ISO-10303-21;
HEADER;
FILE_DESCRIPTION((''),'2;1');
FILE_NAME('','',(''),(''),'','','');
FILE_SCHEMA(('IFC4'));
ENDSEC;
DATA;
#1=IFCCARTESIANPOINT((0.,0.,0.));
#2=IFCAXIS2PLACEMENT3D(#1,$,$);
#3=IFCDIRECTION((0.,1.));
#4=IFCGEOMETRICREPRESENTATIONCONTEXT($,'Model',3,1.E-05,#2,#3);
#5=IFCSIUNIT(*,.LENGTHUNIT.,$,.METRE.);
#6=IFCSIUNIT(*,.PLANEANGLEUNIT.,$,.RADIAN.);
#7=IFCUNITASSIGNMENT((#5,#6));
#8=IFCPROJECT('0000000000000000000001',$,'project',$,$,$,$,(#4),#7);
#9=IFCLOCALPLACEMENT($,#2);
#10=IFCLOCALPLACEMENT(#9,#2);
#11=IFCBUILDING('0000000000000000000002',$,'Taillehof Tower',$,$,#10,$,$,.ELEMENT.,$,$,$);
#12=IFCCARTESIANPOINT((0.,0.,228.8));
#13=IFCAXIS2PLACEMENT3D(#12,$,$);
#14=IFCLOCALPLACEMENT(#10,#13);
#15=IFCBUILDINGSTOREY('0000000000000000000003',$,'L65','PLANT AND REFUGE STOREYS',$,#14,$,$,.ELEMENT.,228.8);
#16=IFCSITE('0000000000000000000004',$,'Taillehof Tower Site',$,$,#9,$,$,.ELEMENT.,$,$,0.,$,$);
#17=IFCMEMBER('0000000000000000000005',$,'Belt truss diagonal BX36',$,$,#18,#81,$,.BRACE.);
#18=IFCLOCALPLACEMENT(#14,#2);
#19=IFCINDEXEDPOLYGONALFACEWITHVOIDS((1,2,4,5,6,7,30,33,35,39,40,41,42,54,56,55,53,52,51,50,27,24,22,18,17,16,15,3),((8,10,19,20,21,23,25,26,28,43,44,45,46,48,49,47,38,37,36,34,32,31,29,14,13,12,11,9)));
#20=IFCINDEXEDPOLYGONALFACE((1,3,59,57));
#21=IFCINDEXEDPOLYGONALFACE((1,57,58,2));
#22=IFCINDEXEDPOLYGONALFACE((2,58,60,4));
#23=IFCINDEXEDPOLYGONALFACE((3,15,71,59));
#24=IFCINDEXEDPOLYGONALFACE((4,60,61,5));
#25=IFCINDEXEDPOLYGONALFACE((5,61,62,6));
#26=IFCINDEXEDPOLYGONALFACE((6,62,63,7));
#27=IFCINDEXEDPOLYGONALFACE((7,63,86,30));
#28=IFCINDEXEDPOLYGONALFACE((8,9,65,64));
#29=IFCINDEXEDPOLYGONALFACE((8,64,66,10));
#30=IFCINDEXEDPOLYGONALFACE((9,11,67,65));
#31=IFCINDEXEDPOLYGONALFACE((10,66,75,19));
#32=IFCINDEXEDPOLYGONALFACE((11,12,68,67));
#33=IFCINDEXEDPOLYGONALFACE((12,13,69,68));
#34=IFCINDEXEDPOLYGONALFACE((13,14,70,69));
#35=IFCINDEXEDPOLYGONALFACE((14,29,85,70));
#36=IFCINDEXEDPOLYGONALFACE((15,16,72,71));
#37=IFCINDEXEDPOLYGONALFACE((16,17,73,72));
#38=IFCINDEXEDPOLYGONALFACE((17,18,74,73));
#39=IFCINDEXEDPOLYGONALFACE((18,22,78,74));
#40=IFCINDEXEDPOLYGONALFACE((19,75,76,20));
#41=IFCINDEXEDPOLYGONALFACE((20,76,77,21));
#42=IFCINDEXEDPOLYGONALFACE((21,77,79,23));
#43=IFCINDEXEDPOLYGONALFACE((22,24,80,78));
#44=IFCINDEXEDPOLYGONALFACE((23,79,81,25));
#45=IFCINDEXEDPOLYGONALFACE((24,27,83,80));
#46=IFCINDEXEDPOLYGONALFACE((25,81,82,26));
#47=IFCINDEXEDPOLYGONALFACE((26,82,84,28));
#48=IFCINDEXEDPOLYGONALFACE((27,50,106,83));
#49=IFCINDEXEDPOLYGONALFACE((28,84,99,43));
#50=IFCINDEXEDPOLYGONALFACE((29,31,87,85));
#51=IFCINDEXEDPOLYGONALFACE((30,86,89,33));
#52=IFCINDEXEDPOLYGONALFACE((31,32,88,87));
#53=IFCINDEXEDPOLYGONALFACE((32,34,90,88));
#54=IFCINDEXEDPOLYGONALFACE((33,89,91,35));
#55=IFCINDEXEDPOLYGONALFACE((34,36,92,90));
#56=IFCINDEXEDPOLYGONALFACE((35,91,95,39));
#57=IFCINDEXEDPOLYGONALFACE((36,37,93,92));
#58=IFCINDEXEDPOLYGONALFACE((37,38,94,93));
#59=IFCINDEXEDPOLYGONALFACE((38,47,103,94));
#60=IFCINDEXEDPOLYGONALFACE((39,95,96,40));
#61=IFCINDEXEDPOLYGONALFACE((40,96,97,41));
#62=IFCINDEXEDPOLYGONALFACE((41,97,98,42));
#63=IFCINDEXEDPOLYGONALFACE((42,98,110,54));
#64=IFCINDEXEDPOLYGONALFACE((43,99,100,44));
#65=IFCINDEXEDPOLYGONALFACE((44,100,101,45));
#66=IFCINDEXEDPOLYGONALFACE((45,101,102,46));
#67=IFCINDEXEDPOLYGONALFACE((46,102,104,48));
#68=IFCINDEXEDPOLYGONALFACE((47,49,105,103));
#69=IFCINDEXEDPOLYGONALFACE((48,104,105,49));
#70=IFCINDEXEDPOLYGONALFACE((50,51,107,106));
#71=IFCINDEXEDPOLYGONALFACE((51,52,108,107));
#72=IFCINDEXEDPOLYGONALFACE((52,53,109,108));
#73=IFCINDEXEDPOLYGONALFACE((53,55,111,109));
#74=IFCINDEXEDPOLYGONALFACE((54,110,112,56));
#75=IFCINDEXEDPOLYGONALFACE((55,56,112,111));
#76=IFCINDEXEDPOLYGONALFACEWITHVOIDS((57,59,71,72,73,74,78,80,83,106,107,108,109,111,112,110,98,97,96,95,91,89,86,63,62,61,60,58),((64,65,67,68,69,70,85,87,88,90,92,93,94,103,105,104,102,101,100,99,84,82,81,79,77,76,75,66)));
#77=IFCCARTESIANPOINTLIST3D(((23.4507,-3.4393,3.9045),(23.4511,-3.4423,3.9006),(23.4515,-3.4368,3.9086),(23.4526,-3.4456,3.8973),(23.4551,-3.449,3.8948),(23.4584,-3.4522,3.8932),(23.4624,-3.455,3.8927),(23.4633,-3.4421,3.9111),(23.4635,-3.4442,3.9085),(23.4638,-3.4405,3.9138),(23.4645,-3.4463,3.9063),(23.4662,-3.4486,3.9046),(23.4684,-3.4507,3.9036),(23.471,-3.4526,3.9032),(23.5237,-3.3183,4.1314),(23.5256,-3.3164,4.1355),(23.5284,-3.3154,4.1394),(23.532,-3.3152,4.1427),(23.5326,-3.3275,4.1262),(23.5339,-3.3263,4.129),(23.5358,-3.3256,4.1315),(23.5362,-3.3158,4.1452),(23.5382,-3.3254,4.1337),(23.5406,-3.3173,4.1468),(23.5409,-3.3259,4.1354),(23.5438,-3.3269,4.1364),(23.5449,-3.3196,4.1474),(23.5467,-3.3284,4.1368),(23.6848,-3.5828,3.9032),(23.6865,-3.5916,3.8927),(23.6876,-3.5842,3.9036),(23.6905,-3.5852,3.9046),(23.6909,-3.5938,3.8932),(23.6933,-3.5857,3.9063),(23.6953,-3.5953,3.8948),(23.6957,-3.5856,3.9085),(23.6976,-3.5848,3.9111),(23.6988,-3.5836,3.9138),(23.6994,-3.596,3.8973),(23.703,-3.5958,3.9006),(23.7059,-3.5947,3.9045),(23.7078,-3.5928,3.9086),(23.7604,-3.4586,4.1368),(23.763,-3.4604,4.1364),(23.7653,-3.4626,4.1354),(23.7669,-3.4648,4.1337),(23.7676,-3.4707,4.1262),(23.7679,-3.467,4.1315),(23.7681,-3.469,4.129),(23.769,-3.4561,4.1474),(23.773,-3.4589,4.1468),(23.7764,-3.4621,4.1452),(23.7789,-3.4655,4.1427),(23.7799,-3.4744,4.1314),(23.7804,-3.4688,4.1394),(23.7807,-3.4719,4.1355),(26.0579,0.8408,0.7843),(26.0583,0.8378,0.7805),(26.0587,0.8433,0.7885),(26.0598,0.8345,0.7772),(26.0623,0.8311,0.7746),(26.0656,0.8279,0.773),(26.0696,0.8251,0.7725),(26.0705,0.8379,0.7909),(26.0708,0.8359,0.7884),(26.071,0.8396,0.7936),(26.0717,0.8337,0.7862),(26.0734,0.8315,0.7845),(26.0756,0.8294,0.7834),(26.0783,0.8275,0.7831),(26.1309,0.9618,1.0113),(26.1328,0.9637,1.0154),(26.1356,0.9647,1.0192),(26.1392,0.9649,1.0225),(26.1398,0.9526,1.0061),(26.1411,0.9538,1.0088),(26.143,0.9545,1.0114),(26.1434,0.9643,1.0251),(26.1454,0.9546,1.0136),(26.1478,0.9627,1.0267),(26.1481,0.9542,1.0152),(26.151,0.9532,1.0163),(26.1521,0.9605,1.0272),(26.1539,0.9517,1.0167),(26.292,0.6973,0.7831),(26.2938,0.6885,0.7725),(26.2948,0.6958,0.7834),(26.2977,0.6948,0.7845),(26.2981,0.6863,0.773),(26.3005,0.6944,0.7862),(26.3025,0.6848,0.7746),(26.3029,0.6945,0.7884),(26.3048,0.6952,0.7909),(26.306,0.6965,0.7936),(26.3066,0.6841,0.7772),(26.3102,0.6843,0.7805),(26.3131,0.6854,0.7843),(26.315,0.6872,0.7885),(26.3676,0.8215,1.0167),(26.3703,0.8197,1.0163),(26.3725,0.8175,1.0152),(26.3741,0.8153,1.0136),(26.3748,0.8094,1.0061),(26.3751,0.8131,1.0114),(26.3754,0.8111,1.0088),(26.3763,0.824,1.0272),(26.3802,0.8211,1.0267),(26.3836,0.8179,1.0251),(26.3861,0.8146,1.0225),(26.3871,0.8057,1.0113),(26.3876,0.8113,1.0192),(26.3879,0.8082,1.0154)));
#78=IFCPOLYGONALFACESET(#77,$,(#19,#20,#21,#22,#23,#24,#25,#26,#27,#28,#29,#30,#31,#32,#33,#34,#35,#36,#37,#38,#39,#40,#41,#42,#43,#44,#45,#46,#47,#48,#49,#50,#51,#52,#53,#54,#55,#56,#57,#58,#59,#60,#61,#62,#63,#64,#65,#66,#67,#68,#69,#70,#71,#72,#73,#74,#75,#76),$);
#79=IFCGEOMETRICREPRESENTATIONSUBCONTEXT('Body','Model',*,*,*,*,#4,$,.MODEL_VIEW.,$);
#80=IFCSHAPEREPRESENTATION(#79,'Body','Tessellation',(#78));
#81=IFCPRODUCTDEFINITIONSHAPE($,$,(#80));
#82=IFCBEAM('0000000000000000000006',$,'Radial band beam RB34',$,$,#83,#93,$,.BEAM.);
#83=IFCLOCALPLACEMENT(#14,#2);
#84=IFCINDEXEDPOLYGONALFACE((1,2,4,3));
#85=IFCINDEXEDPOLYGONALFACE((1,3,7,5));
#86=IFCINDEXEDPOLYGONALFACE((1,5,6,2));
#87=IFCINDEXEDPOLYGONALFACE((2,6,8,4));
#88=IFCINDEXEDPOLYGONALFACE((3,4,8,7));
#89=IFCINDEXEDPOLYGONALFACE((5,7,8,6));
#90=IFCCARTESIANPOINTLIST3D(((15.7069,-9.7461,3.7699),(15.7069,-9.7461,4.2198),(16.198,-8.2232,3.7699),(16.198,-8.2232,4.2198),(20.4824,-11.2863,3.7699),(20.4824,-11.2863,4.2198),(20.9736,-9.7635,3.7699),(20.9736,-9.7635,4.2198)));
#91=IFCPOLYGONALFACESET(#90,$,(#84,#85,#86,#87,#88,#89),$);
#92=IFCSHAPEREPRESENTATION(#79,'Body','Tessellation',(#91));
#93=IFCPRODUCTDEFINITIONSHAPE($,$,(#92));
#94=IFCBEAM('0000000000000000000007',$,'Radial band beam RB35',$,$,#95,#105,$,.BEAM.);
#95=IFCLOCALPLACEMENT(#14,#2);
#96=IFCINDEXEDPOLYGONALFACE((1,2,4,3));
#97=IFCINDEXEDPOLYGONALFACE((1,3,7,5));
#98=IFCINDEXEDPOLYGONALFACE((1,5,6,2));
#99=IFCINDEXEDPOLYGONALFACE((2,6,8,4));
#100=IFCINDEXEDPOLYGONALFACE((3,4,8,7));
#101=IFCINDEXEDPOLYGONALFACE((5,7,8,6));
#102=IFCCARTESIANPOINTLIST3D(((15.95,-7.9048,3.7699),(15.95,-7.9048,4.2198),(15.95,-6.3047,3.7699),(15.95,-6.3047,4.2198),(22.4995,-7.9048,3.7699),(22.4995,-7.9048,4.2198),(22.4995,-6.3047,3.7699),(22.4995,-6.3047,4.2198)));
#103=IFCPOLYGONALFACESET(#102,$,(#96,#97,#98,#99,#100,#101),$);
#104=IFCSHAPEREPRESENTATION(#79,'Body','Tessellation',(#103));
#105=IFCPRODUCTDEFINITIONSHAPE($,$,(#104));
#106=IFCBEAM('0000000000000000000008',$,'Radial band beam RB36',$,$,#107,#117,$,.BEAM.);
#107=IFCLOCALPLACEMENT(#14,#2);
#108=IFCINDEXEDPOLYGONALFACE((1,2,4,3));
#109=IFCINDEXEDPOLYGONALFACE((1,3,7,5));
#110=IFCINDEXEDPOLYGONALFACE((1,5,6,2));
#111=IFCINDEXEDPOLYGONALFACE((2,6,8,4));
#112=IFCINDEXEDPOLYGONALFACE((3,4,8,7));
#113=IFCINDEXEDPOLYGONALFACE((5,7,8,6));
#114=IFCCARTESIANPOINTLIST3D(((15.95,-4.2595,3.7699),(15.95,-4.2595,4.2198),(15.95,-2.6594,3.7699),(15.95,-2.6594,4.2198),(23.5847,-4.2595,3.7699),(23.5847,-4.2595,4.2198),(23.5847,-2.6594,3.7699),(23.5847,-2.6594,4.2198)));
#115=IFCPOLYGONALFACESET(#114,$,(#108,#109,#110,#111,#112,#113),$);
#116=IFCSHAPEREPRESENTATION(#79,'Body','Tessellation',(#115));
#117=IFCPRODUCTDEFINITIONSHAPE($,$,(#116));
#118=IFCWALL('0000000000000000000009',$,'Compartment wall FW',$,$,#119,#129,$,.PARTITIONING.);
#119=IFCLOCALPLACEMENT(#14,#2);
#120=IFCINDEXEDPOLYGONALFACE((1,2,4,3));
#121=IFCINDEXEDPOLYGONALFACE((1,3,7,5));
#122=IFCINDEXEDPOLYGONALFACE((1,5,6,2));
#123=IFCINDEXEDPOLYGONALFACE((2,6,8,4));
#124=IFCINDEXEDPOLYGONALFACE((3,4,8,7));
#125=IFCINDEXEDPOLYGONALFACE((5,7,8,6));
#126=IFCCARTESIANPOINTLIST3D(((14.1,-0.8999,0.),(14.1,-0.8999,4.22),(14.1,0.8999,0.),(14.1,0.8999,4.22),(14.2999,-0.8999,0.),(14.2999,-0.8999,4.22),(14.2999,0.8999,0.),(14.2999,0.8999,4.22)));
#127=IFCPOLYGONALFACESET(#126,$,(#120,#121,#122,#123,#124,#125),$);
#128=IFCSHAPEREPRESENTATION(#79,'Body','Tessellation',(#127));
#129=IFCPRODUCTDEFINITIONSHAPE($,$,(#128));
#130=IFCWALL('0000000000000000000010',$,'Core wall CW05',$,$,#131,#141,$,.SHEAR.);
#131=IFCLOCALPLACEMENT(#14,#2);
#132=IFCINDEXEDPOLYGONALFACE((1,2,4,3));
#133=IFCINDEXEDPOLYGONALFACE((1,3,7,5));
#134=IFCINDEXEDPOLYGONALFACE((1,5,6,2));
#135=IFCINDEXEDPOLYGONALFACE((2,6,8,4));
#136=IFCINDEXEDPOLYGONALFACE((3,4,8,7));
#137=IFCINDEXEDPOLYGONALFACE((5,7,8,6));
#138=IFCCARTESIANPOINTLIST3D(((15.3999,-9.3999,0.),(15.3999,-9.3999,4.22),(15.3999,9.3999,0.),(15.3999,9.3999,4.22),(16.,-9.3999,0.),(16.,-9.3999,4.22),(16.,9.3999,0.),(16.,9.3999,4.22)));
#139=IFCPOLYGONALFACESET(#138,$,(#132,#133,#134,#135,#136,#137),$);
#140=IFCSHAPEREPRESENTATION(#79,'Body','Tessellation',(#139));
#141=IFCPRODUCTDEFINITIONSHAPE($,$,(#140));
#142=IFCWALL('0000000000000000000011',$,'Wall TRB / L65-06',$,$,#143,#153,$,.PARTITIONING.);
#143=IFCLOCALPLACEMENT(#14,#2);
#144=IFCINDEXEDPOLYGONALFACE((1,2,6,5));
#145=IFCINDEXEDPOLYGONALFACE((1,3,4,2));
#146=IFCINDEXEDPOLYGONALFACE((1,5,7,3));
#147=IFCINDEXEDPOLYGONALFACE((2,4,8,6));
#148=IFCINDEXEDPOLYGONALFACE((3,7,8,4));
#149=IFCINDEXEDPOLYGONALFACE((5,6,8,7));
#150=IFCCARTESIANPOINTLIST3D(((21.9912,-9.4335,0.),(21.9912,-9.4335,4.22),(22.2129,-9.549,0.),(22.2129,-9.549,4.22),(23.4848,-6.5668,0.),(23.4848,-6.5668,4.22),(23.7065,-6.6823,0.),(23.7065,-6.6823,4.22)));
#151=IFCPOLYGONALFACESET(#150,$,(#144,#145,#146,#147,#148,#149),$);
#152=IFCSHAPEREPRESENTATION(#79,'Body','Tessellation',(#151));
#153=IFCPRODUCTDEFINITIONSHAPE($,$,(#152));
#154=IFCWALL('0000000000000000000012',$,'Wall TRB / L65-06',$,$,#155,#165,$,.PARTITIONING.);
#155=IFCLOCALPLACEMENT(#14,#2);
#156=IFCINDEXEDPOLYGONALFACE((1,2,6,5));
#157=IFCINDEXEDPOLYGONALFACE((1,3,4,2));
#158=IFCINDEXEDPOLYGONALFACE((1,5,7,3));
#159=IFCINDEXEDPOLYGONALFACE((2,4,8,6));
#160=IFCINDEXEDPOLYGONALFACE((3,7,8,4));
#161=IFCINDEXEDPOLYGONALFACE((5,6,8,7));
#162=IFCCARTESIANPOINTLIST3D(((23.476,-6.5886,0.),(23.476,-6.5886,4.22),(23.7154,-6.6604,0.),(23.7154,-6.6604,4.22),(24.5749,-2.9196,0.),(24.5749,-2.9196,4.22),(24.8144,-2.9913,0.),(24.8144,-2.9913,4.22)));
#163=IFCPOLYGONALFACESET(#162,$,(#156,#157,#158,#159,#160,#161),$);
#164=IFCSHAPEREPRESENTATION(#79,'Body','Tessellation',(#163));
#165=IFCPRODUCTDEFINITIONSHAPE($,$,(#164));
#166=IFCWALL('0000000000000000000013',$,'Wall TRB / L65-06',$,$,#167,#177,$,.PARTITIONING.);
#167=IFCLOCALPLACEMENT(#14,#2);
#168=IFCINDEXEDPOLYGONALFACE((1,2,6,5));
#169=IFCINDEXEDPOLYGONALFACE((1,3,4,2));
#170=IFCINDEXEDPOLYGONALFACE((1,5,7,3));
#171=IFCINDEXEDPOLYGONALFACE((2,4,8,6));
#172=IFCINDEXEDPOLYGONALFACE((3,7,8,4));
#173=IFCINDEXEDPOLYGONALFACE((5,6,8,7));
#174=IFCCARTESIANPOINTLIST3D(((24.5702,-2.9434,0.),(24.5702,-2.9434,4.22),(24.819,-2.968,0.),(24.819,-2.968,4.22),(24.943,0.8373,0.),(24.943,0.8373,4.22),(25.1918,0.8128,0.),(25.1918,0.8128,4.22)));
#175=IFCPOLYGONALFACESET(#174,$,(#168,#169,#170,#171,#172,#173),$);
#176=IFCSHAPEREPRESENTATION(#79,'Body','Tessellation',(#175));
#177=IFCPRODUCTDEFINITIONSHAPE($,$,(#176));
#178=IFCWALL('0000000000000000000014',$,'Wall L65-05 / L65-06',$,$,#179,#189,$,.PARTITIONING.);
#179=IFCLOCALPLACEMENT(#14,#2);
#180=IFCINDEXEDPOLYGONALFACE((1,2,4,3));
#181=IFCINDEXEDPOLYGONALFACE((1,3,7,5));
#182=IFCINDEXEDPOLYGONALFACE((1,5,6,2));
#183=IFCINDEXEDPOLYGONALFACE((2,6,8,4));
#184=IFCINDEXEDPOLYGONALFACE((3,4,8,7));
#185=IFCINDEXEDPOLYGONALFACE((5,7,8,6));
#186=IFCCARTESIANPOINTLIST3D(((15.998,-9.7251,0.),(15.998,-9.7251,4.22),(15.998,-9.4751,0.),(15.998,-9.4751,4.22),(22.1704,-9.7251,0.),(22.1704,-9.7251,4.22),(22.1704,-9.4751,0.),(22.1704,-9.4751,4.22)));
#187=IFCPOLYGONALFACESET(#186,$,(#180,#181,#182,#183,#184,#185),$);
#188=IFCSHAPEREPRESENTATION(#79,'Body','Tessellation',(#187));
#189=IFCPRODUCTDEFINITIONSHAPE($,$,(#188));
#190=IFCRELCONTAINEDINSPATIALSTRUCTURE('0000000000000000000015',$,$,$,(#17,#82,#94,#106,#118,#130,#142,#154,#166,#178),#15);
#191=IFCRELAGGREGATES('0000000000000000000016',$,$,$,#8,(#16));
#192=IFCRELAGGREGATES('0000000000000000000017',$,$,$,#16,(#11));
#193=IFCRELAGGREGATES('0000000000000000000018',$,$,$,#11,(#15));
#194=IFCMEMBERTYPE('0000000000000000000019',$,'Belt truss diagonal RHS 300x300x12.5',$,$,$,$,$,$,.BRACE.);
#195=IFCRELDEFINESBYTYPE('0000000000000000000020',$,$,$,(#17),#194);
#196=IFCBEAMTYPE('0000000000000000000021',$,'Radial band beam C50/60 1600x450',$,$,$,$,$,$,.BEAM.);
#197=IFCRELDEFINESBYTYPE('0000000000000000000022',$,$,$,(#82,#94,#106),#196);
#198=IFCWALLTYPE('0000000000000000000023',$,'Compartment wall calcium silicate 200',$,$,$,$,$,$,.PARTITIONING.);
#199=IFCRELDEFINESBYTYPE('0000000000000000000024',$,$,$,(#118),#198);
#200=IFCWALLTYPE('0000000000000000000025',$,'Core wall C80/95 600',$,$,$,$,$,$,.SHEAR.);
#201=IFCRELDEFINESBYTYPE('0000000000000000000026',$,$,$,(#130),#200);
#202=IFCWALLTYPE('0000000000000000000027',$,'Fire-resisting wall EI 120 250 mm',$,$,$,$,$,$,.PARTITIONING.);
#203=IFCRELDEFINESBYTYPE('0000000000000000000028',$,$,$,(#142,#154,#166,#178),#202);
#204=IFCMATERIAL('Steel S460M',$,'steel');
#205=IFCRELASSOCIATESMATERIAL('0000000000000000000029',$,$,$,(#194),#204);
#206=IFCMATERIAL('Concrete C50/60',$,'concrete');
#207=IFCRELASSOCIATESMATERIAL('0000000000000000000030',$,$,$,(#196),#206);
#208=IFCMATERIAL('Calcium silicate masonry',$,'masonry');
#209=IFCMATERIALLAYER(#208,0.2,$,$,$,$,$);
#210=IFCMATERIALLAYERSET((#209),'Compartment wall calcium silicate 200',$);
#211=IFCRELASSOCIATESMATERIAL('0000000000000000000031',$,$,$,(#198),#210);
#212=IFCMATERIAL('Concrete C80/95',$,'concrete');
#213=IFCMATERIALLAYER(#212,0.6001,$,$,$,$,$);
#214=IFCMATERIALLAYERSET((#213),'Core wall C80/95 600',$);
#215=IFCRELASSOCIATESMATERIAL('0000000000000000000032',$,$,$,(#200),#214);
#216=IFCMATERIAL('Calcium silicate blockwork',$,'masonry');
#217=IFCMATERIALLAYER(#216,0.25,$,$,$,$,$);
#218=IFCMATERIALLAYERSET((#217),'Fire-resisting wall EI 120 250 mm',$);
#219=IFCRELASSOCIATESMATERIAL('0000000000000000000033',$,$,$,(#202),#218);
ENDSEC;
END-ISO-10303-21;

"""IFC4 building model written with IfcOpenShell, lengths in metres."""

from ifc_helpers import new_model, si_unit, direction, frame, frame_2d, origin, origin_2d, place, context, subcontext, project, spatial, rectangle, hollow_rectangle, extrude, material, layer, layer_set, material_profile, profile_set, type_object, element, save


model = new_model("IFC4")

# Units and contexts
model_context = context("Model", 3, precision=1e-05, world=origin(), true_north=direction((0.0, 1.0)))
body_context = subcontext(model_context, "Body", "Model", "MODEL_VIEW")
ifc_project = project(units=[si_unit("LENGTHUNIT", "METRE"), si_unit("PLANEANGLEUNIT", "RADIAN")], contexts=[model_context])

# Site, building, storey
site_placement = place(None, origin())
site = spatial("IfcSite", under=ifc_project, at=site_placement, Name="Taillehof Tower Site", CompositionType="ELEMENT", RefElevation=0.0)
building_placement = place(site_placement, origin())
building = spatial("IfcBuilding", under=site, at=building_placement, Name="Taillehof Tower", CompositionType="ELEMENT")
storey_placement = place(building_placement, frame((0.0, 0.0, 228.8)))
storey = spatial("IfcBuildingStorey", under=building, at=storey_placement, Name="L65", Description="PLANT AND REFUGE STOREYS", CompositionType="ELEMENT", Elevation=228.8)

# Member
ifc_material_1 = material(Name="Steel S460M", Category="steel")
ifc_material_profile_1 = material_profile(ifc_material_1, hollow_rectangle(XDim=0.3, YDim=0.3, WallThickness=0.0125, InnerFilletRadius=0.0125, OuterFilletRadius=0.0188, at=origin_2d()), Name="RHS 300x300x12.5")
ifc_profile_set_1 = profile_set([ifc_material_profile_1], Name="Steel S460M")
member_type_1 = type_object("IfcMemberType", Name="Belt truss diagonal RHS 300x300x12.5", PredefinedType="BRACE", material=ifc_profile_set_1)
member_1_placement = place(storey_placement, frame((23.6157, -3.4556, 4.02), z_axis=(0.441634, 0.725, -0.528521), x_axis=(-0.854026, 0.52023, 0.0)))
element("IfcMember", 1, at=member_1_placement, inside=storey, type_object=member_type_1, Name="Belt truss diagonal BX36", PredefinedType="BRACE", context=body_context, shape_type="SweptSolid", body=[
    extrude(hollow_rectangle(XDim=0.3, YDim=0.3, WallThickness=0.0125, InnerFilletRadius=0.0125, OuterFilletRadius=0.0188, at=origin_2d()), origin(), (0.0, 0.0, 1.0), 5.9036),
])

# Beams
ifc_material_2 = material(Name="Concrete C50/60", Category="concrete")
ifc_material_profile_2 = material_profile(ifc_material_2, rectangle(XDim=1.6001, YDim=0.45, at=origin_2d()), Name="RC 1600x450")
ifc_profile_set_2 = profile_set([ifc_material_profile_2], Name="Concrete C50/60")
beam_type = type_object("IfcBeamType", Name="Radial band beam C50/60 1600x450", PredefinedType="BEAM", material=ifc_profile_set_2)
beam_1_placement = place(storey_placement, frame((20.728, -10.5249, 3.9949), z_axis=(-0.951723, 0.306959, 0.0), x_axis=(-0.306959, -0.951723, 0.0)))
element("IfcBeam", 2, at=beam_1_placement, inside=storey, type_object=beam_type, Name="Radial band beam RB34", PredefinedType="BEAM", context=body_context, shape_type="SweptSolid", body=[
    extrude(rectangle(XDim=1.6001, YDim=0.45, at=origin_2d()), origin(), (0.0, 0.0, 1.0), 5.0178),
])
beam_2_placement = place(storey_placement, frame((22.4995, -7.1047, 3.9949), z_axis=(-1.0, 0.0, 0.0), x_axis=(0.0, -1.0, 0.0)))
element("IfcBeam", 3, at=beam_2_placement, inside=storey, type_object=beam_type, Name="Radial band beam RB35", PredefinedType="BEAM", context=body_context, shape_type="SweptSolid", body=[
    extrude(rectangle(XDim=1.6001, YDim=0.45, at=origin_2d()), origin(), (0.0, 0.0, 1.0), 6.5496),
])
beam_3_placement = place(storey_placement, frame((23.5847, -3.4595, 3.9949), z_axis=(-1.0, 0.0, 0.0), x_axis=(0.0, -1.0, 0.0)))
element("IfcBeam", 4, at=beam_3_placement, inside=storey, type_object=beam_type, Name="Radial band beam RB36", PredefinedType="BEAM", context=body_context, shape_type="SweptSolid", body=[
    extrude(rectangle(XDim=1.6001, YDim=0.45, at=origin_2d()), origin(), (0.0, 0.0, 1.0), 7.6348),
])

# Walls
ifc_material_3 = material(Name="Calcium silicate masonry", Category="masonry")
ifc_layer_1 = layer(ifc_material_3, 0.2)
ifc_layer_set_1 = layer_set([ifc_layer_1], Name="Compartment wall calcium silicate 200")
wall_type_1 = type_object("IfcWallType", Name="Compartment wall calcium silicate 200", PredefinedType="PARTITIONING", material=ifc_layer_set_1)
wall_1_placement = place(storey_placement, frame((14.2, -0.8999, 0.0), z_axis=(0.0, 0.0, 1.0), x_axis=(0.0, 1.0, 0.0)))
element("IfcWall", 5, at=wall_1_placement, inside=storey, type_object=wall_type_1, Name="Compartment wall FW", PredefinedType="PARTITIONING", context=body_context, shape_type="SweptSolid", body=[
    extrude(rectangle(XDim=1.7998, YDim=0.2, at=frame_2d((0.8999, 0.0))), origin(), (0.0, 0.0, 1.0), 4.22),
])
ifc_material_4 = material(Name="Concrete C80/95", Category="concrete")
ifc_layer_2 = layer(ifc_material_4, 0.6001)
ifc_layer_set_2 = layer_set([ifc_layer_2], Name="Core wall C80/95 600")
wall_type_2 = type_object("IfcWallType", Name="Core wall C80/95 600", PredefinedType="SHEAR", material=ifc_layer_set_2)
wall_2_placement = place(storey_placement, frame((15.7, -9.3999, 0.0), z_axis=(0.0, 0.0, 1.0), x_axis=(0.0, 1.0, 0.0)))
element("IfcWall", 6, at=wall_2_placement, inside=storey, type_object=wall_type_2, Name="Core wall CW05", PredefinedType="SHEAR", context=body_context, shape_type="SweptSolid", body=[
    extrude(rectangle(XDim=18.7998, YDim=0.6001, at=frame_2d((9.3999, 0.0))), origin(), (0.0, 0.0, 1.0), 4.22),
])
ifc_material_5 = material(Name="Calcium silicate blockwork", Category="masonry")
ifc_layer_3 = layer(ifc_material_5, 0.25)
ifc_layer_set_3 = layer_set([ifc_layer_3], Name="Fire-resisting wall EI 120 250 mm")
wall_type_3 = type_object("IfcWallType", Name="Fire-resisting wall EI 120 250 mm", PredefinedType="PARTITIONING", material=ifc_layer_set_3)
wall_3_placement = place(storey_placement, frame((22.1021, -9.4912, 0.0), z_axis=(0.0, 0.0, 1.0), x_axis=(0.462076, 0.886841, 0.0)))
element("IfcWall", 7, at=wall_3_placement, inside=storey, type_object=wall_type_3, Name="Wall TRB / L65-06", PredefinedType="PARTITIONING", context=body_context, shape_type="SweptSolid", body=[
    extrude(rectangle(XDim=3.2324, YDim=0.25, at=frame_2d((1.6162, 0.0))), origin(), (0.0, 0.0, 1.0), 4.22),
])
wall_4_placement = place(storey_placement, frame((23.5957, -6.6245, 0.0), z_axis=(0.0, 0.0, 1.0), x_axis=(0.286915, 0.957956, 0.0)))
element("IfcWall", 8, at=wall_4_placement, inside=storey, type_object=wall_type_3, Name="Wall TRB / L65-06", PredefinedType="PARTITIONING", context=body_context, shape_type="SweptSolid", body=[
    extrude(rectangle(XDim=3.8301, YDim=0.25, at=frame_2d((1.915, 0.0))), origin(), (0.0, 0.0, 1.0), 4.22),
])
wall_5_placement = place(storey_placement, frame((24.6946, -2.9556, 0.0), z_axis=(0.0, 0.0, 1.0), x_axis=(0.098129, 0.995174, 0.0)))
element("IfcWall", 9, at=wall_5_placement, inside=storey, type_object=wall_type_3, Name="Wall TRB / L65-06", PredefinedType="PARTITIONING", context=body_context, shape_type="SweptSolid", body=[
    extrude(rectangle(XDim=3.7991, YDim=0.25, at=frame_2d((1.8994, 0.0))), origin(), (0.0, 0.0, 1.0), 4.22),
])
wall_6_placement = place(storey_placement, frame((15.998, -9.6001, 0.0), z_axis=(0.0, 0.0, 1.0), x_axis=(1.0, 0.0, 0.0)))
element("IfcWall", 10, at=wall_6_placement, inside=storey, type_object=wall_type_3, Name="Wall L65-05 / L65-06", PredefinedType="PARTITIONING", context=body_context, shape_type="SweptSolid", body=[
    extrude(rectangle(XDim=6.1724, YDim=0.25, at=frame_2d((3.0862, 0.0))), origin(), (0.0, 0.0, 1.0), 4.22),
])

save(model, "model.ifc")
